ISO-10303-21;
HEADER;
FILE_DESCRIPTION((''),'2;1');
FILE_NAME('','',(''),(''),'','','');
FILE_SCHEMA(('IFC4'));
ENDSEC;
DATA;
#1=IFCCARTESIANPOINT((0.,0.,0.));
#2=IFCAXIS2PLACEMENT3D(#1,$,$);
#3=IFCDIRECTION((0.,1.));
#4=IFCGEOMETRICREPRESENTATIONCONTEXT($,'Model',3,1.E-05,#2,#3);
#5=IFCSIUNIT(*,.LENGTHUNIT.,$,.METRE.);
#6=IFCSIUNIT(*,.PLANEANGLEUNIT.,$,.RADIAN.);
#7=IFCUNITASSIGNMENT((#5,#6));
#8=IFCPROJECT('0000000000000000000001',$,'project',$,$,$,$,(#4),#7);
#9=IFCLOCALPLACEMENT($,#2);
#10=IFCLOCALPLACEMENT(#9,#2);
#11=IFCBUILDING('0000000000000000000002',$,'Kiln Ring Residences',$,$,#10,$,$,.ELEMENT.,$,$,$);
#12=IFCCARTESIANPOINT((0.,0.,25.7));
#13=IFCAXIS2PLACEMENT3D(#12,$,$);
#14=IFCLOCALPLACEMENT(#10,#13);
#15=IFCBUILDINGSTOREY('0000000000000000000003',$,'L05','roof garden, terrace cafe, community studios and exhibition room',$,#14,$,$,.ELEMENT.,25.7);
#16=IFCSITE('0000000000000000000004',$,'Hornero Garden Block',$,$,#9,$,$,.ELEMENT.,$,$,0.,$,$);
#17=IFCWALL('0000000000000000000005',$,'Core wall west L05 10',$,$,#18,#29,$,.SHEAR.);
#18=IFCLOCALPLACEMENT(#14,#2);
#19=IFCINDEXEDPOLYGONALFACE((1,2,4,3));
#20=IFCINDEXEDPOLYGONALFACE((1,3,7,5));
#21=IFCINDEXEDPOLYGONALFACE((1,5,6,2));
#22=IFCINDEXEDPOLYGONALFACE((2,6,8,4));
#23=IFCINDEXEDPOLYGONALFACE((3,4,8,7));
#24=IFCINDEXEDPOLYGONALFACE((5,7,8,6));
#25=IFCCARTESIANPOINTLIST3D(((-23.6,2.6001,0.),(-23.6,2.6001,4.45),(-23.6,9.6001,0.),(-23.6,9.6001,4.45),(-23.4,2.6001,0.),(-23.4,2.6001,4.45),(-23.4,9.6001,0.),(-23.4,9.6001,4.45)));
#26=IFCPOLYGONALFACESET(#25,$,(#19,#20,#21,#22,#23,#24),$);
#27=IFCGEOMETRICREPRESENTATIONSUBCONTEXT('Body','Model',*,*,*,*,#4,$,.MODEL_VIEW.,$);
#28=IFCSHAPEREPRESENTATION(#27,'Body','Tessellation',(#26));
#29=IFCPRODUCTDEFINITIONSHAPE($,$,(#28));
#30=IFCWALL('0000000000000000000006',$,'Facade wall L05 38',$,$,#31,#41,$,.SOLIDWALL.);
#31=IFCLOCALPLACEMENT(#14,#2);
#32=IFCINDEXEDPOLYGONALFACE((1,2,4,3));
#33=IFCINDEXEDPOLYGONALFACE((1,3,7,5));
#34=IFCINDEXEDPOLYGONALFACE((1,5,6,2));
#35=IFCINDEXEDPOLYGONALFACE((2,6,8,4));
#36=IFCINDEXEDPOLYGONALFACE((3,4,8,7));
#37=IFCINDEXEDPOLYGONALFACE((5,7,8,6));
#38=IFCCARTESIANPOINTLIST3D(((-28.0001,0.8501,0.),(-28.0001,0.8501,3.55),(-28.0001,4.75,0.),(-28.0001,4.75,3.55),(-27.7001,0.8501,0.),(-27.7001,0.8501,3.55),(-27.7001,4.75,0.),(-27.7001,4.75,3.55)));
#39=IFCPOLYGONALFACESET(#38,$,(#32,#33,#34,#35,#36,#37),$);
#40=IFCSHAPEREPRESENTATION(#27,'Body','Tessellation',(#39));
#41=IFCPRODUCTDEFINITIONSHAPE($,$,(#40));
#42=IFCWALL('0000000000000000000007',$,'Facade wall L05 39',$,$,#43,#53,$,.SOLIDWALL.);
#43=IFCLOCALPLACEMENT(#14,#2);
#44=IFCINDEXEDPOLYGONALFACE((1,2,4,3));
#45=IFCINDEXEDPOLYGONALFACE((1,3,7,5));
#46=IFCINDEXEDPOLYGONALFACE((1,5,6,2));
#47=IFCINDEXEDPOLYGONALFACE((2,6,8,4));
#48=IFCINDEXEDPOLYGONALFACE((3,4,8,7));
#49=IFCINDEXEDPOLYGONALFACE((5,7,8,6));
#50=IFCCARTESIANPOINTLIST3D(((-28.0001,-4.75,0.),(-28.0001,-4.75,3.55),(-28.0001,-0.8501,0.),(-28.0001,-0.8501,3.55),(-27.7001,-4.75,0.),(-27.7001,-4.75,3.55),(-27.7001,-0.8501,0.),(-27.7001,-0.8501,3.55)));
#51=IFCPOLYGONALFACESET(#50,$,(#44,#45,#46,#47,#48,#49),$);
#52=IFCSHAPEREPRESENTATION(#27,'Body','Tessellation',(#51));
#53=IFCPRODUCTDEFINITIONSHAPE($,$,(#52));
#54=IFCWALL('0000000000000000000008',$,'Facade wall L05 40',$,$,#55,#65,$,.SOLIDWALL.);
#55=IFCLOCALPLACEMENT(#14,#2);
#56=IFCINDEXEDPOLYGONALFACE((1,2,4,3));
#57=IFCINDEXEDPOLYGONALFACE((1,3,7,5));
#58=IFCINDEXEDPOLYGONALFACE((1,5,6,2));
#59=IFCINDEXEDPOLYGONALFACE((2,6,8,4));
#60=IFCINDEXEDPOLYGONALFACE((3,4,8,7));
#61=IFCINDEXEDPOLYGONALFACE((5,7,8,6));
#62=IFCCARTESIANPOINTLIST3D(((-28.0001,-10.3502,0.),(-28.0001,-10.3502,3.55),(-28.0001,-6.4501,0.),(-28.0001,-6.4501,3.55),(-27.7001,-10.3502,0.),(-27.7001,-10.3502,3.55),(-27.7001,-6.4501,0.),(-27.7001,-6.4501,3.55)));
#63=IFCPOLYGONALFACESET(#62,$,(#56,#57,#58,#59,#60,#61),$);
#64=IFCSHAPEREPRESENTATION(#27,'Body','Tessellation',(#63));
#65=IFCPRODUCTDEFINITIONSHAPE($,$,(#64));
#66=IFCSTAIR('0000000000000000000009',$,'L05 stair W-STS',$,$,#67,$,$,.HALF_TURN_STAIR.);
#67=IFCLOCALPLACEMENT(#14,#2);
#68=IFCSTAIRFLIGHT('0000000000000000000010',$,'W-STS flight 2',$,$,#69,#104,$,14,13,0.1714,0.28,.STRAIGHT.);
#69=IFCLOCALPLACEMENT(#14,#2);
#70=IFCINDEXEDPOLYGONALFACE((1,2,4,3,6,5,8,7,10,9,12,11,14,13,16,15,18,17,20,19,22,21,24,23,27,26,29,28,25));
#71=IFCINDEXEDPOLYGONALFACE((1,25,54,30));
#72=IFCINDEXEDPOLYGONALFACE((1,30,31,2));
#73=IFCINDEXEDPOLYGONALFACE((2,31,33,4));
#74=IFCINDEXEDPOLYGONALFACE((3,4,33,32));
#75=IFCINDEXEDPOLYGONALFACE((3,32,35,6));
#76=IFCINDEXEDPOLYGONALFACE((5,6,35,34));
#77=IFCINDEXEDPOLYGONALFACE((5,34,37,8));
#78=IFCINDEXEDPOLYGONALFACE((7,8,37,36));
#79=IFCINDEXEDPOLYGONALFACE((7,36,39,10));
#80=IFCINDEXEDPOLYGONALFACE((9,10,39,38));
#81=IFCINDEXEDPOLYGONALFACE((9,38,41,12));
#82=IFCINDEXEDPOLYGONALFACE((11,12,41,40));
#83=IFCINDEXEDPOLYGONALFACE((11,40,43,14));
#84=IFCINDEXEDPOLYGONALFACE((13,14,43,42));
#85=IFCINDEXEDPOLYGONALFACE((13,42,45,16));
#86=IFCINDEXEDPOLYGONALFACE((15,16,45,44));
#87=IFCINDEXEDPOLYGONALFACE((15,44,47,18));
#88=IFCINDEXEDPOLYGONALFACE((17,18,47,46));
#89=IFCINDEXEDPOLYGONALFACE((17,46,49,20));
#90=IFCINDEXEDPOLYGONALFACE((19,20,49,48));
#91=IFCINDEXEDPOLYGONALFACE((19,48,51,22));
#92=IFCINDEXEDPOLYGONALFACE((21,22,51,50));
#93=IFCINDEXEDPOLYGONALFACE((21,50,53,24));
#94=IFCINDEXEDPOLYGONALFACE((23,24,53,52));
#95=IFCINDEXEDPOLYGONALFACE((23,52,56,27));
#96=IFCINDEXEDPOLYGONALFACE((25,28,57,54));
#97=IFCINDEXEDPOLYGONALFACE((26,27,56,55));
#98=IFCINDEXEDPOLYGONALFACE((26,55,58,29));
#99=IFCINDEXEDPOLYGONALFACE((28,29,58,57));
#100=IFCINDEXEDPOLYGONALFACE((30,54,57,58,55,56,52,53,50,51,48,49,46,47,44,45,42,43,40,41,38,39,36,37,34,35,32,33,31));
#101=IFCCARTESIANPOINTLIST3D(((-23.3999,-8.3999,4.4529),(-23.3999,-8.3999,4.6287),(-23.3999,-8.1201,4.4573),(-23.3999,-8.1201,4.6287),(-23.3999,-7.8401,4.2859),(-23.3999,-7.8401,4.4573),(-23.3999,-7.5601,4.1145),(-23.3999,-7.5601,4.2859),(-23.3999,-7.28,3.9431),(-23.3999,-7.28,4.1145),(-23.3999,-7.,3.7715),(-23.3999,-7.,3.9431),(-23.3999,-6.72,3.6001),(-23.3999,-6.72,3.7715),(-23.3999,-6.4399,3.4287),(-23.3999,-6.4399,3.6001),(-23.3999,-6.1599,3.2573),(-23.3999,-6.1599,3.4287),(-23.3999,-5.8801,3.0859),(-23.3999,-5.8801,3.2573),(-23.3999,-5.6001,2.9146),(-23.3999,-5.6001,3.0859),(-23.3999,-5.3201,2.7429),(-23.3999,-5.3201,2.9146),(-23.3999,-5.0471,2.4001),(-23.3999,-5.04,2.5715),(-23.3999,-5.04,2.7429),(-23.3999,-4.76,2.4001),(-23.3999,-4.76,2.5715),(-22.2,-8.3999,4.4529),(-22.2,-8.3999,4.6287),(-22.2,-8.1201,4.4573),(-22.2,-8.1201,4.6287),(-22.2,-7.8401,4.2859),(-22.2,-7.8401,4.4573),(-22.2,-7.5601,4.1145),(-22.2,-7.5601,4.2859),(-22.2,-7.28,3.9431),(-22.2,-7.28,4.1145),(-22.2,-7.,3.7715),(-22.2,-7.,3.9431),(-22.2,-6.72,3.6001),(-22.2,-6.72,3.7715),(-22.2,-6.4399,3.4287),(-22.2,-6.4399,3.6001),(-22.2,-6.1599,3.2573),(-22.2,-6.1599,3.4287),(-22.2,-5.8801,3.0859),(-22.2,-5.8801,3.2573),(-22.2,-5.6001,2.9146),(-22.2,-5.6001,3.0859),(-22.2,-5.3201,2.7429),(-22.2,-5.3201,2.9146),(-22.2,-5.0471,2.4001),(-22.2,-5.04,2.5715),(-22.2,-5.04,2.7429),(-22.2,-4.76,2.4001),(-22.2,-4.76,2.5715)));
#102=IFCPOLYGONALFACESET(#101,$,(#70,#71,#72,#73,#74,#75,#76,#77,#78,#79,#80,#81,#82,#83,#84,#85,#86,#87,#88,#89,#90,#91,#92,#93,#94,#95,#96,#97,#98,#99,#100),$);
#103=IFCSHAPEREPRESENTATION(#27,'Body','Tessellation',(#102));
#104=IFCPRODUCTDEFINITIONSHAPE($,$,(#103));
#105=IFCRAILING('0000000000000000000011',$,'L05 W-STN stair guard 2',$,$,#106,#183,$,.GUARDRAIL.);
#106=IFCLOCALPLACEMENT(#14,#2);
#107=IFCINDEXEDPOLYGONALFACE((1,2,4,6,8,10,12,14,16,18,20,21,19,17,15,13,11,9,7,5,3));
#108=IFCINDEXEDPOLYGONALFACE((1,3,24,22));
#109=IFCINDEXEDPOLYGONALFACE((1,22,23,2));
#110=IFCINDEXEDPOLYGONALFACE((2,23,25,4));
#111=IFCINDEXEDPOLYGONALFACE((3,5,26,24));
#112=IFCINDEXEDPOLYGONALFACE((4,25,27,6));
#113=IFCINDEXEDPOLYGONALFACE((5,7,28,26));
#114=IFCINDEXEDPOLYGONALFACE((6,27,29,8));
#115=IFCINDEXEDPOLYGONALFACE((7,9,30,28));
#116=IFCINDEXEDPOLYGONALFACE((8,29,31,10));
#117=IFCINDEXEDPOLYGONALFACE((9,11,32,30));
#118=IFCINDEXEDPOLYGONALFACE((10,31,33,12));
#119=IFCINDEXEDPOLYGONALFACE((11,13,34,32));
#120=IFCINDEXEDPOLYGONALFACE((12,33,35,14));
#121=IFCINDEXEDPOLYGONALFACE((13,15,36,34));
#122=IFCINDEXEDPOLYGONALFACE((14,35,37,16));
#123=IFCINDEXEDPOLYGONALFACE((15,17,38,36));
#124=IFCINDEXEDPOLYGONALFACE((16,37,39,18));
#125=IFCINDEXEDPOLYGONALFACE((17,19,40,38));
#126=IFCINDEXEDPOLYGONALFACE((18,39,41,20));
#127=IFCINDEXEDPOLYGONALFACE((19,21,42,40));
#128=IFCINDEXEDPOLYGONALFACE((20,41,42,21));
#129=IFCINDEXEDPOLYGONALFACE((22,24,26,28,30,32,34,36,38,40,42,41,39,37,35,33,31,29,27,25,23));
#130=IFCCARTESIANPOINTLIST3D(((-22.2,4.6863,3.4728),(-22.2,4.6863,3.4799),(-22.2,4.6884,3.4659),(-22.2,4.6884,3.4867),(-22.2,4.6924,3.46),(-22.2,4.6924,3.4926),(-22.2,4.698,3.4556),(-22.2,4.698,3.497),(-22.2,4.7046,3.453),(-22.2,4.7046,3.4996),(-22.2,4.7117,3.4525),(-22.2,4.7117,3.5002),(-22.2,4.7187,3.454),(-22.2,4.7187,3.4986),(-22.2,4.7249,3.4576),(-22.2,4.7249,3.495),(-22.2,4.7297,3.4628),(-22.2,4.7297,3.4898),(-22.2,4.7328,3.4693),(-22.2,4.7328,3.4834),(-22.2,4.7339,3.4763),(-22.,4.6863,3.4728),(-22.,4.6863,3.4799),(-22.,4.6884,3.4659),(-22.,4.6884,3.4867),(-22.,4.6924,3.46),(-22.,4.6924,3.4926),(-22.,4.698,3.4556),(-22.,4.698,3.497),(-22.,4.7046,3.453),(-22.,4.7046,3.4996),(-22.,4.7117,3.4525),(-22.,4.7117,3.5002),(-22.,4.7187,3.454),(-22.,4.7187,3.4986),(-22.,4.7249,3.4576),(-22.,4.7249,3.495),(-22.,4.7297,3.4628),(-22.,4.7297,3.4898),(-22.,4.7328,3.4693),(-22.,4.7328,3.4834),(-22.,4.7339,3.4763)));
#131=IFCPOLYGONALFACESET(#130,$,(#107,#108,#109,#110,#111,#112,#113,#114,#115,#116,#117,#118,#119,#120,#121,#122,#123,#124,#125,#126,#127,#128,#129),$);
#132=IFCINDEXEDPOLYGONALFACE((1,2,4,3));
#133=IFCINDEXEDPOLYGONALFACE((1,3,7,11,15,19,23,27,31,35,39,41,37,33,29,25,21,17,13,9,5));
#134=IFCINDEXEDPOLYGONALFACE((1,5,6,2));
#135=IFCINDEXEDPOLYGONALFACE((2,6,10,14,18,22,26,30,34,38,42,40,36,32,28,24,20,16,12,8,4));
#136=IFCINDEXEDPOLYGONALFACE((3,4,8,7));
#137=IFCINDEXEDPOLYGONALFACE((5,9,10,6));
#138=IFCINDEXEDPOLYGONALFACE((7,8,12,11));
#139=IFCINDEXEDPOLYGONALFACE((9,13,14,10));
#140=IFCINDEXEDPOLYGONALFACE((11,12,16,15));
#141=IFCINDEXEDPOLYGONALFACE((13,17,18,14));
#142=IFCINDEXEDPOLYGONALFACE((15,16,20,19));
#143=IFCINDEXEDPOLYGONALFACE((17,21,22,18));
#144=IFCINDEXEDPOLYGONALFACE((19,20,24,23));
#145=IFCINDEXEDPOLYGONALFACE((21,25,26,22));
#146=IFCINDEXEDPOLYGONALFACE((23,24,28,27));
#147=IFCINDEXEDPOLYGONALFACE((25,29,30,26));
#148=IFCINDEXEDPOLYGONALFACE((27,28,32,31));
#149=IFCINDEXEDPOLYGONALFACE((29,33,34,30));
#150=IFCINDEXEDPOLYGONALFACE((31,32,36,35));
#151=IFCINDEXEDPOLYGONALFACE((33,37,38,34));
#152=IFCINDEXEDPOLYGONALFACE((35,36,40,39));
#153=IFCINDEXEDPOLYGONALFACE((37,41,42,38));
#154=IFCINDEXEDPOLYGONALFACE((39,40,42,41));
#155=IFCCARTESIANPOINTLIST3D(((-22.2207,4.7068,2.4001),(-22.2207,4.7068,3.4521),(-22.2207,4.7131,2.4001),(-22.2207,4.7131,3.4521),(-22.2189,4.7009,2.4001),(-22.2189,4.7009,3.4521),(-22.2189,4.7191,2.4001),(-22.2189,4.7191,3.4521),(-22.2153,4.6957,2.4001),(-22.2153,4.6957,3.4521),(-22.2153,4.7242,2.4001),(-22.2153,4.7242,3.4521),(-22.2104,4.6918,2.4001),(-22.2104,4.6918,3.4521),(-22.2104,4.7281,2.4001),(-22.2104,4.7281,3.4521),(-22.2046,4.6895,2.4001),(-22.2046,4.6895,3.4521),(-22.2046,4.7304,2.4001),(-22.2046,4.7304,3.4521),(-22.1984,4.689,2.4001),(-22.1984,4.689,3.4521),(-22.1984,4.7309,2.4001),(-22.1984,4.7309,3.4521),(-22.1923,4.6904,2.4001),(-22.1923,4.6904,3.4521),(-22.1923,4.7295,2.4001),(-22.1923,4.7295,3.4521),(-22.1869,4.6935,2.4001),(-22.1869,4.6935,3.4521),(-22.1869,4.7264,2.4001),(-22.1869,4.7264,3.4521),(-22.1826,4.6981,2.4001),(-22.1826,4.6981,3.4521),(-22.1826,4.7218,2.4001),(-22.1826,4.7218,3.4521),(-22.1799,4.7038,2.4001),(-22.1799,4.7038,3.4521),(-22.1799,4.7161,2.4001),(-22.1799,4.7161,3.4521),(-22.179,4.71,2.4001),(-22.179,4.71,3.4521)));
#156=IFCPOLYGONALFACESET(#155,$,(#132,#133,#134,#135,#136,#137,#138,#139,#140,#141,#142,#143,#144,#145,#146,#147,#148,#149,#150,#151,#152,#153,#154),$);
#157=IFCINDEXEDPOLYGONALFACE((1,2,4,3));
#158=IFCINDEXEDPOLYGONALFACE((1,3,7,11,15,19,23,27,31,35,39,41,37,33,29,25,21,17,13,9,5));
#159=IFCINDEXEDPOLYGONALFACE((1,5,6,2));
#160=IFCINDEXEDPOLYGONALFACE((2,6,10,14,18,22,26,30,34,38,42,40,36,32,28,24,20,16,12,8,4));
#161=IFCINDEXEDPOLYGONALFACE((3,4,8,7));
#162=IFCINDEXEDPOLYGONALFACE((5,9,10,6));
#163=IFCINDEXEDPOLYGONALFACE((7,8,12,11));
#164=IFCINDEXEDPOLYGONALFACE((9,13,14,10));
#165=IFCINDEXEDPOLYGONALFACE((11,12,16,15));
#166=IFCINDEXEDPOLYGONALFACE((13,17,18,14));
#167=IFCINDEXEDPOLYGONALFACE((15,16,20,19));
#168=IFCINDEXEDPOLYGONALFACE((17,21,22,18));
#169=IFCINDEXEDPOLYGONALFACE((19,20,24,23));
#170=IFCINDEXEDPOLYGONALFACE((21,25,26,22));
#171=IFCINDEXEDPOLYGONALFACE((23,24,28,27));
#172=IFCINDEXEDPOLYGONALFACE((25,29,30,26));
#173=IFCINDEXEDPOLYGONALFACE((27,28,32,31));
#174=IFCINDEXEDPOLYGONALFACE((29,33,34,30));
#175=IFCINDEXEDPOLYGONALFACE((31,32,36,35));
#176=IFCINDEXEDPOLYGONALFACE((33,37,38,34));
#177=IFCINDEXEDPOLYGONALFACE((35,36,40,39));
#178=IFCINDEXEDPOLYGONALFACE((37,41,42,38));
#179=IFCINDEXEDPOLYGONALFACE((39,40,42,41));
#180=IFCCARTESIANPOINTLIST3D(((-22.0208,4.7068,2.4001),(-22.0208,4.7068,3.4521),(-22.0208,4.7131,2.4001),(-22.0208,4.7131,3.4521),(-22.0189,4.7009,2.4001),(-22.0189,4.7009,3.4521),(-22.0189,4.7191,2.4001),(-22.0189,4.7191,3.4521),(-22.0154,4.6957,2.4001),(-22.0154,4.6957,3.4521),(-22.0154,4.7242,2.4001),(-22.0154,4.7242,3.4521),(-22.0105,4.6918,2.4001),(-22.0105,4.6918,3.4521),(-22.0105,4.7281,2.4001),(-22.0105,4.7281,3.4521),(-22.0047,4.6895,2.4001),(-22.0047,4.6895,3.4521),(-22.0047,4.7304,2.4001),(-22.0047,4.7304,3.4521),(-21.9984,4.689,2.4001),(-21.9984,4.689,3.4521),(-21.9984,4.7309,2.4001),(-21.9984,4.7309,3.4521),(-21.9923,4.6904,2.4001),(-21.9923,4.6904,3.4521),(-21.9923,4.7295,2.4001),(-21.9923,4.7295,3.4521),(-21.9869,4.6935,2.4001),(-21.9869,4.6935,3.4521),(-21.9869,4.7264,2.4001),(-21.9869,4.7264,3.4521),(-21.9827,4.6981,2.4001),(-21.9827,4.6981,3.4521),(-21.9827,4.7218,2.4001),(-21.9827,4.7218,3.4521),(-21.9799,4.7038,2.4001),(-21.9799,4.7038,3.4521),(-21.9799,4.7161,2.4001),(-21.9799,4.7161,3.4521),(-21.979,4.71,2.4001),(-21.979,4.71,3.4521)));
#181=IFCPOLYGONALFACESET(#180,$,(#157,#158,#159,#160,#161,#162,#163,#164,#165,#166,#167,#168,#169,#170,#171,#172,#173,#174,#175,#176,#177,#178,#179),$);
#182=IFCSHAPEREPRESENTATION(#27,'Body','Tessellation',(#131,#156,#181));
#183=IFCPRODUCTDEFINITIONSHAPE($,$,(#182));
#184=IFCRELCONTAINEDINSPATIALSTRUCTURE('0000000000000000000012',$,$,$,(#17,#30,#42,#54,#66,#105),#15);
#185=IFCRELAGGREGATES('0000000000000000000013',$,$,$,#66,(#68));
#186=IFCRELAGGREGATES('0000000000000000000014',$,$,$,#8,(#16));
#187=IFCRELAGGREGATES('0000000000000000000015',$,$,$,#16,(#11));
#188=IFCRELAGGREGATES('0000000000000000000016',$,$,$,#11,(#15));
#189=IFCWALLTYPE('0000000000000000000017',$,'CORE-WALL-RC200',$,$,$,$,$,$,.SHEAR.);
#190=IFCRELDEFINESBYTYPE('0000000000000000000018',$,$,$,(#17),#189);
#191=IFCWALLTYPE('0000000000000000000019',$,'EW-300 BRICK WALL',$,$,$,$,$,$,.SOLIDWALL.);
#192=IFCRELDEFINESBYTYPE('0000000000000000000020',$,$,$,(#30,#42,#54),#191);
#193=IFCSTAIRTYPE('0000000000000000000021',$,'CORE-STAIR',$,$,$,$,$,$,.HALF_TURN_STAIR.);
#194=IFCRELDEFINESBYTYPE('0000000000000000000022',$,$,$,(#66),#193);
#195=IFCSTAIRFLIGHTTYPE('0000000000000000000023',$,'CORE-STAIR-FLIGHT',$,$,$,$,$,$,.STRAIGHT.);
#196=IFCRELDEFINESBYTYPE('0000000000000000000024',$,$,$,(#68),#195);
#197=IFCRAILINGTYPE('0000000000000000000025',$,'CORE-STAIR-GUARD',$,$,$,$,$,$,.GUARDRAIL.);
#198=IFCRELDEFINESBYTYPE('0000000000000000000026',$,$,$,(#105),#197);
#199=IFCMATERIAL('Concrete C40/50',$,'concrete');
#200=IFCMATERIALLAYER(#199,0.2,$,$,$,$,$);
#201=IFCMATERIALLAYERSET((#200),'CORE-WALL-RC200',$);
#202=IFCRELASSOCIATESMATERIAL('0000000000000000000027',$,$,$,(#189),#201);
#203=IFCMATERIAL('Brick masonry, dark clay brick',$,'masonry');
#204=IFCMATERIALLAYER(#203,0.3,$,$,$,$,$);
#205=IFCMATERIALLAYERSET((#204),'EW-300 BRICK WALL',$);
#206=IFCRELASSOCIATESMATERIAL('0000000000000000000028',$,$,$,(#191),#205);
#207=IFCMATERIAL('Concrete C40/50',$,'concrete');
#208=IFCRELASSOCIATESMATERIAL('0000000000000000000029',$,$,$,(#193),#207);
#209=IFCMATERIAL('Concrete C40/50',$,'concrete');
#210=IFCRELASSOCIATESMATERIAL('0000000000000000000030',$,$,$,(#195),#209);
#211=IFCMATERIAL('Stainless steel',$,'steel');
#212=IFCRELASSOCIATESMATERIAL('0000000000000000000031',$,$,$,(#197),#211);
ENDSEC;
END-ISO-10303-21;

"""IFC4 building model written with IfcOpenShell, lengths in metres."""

from ifc_helpers import new_model, si_unit, direction, frame, frame_2d, origin, origin_2d, place, context, subcontext, project, spatial, polyline, rectangle, circle, outline, extrude, material, layer, layer_set, type_object, element, aggregate, save


model = new_model("IFC4")

# Units and contexts
model_context = context("Model", 3, precision=1e-05, world=origin(), true_north=direction((0.0, 1.0)))
body_context = subcontext(model_context, "Body", "Model", "MODEL_VIEW")
ifc_project = project(units=[si_unit("LENGTHUNIT", "METRE"), si_unit("PLANEANGLEUNIT", "RADIAN")], contexts=[model_context])

# Site, building, storey
site_placement = place(None, origin())
site = spatial("IfcSite", under=ifc_project, at=site_placement, Name="Hornero Garden Block", CompositionType="ELEMENT", RefElevation=0.0)
building_placement = place(site_placement, origin())
building = spatial("IfcBuilding", under=site, at=building_placement, Name="Kiln Ring Residences", CompositionType="ELEMENT")
storey_placement = place(building_placement, frame((0.0, 0.0, 25.7)))
storey = spatial("IfcBuildingStorey", under=building, at=storey_placement, Name="L05", Description="roof garden, terrace cafe, community studios and exhibition room", CompositionType="ELEMENT", Elevation=25.7)

# Walls
ifc_material_1 = material(Name="Concrete C40/50", Category="concrete")
ifc_layer_1 = layer(ifc_material_1, 0.2)
ifc_layer_set_1 = layer_set([ifc_layer_1], Name="CORE-WALL-RC200")
wall_type_1 = type_object("IfcWallType", Name="CORE-WALL-RC200", PredefinedType="SHEAR", material=ifc_layer_set_1)
wall_1_placement = place(storey_placement, frame((-23.5, 2.6001, 0.0), z_axis=(0.0, 0.0, 1.0), x_axis=(0.0, 1.0, 0.0)))
element("IfcWall", 1, at=wall_1_placement, inside=storey, type_object=wall_type_1, Name="Core wall west L05 10", PredefinedType="SHEAR", context=body_context, shape_type="SweptSolid", body=[
    extrude(rectangle(XDim=7.0, YDim=0.2, at=frame_2d((3.5, 0.0))), origin(), (0.0, 0.0, 1.0), 4.45),
])
ifc_material_2 = material(Name="Brick masonry, dark clay brick", Category="masonry")
ifc_layer_2 = layer(ifc_material_2, 0.3)
ifc_layer_set_2 = layer_set([ifc_layer_2], Name="EW-300 BRICK WALL")
wall_type_2 = type_object("IfcWallType", Name="EW-300 BRICK WALL", PredefinedType="SOLIDWALL", material=ifc_layer_set_2)
for number, where, z_axis, x_axis, name in (
    (2, (-27.8501, 4.75, 0.0), (0.0, 0.0, 1.0), (0.0, -1.0, 0.0), "Facade wall L05 38"),
    (3, (-27.8501, -0.8501, 0.0), (0.0, 0.0, 1.0), (0.0, -1.0, 0.0), "Facade wall L05 39"),
):
    element("IfcWall", number, at=place(storey_placement, frame(where, z_axis=z_axis, x_axis=x_axis)), inside=storey, type_object=wall_type_2, Name=name, PredefinedType="SOLIDWALL", context=body_context, shape_type="SweptSolid", body=[
        extrude(rectangle(XDim=3.8999, YDim=0.3, at=frame_2d((1.95, 0.0))), origin(), (0.0, 0.0, 1.0), 3.55),
    ])
wall_2_placement = place(storey_placement, frame((-27.8501, -6.45, 0.0), z_axis=(0.0, 0.0, 1.0), x_axis=(0.0, -1.0, 0.0)))
element("IfcWall", 4, at=wall_2_placement, inside=storey, type_object=wall_type_2, Name="Facade wall L05 40", PredefinedType="SOLIDWALL", context=body_context, shape_type="SweptSolid", body=[
    extrude(rectangle(XDim=3.9001, YDim=0.3, at=frame_2d((1.9502, 0.0))), origin(), (0.0, 0.0, 1.0), 3.55),
])

# Stair, stair flight
ifc_material_3 = material(Name="Concrete C40/50", Category="concrete")
stair_type = type_object("IfcStairType", Name="CORE-STAIR", PredefinedType="HALF_TURN_STAIR", material=ifc_material_3)
stair_placement = place(storey_placement, origin())
stair = element("IfcStair", 5, at=stair_placement, inside=storey, type_object=stair_type, Name="L05 stair W-STS", PredefinedType="HALF_TURN_STAIR")
ifc_material_4 = material(Name="Concrete C40/50", Category="concrete")
stair_flight_type = type_object("IfcStairFlightType", Name="CORE-STAIR-FLIGHT", PredefinedType="STRAIGHT", material=ifc_material_4)
stair_flight_placement = place(storey_placement, frame((-22.8, -4.76, 2.4001), z_axis=(0.0, 0.0, 1.0), x_axis=(0.0, -1.0, 0.0)))
stair_flight = element("IfcStairFlight", 6, at=stair_flight_placement, type_object=stair_flight_type, Name="W-STS flight 2", NumberOfRisers=14, NumberOfTreads=13, PredefinedType="STRAIGHT", RiserHeight=0.1714, TreadLength=0.28, context=body_context, shape_type="SweptSolid", body=[
    extrude(outline(polyline([(0.0, 0.0), (0.0, 0.1714), (0.28, 0.1714), (0.28, 0.3428), (0.5601, 0.3428), (0.5601, 0.5144), (0.8401, 0.5144), (0.8401, 0.6858), (1.1201, 0.6858), (1.1201, 0.8572), (1.3999, 0.8572), (1.3999, 1.0286), (1.6799, 1.0286), (1.6799, 1.2), (1.96, 1.2), (1.96, 1.3713), (2.24, 1.3713), (2.24, 1.543), (2.52, 1.543), (2.52, 1.7144), (2.8, 1.7144), (2.8, 1.8857), (3.0801, 1.8857), (3.0801, 2.0571), (3.3601, 2.0571), (3.3601, 2.2285), (3.6399, 2.2285), (3.6399, 2.3999), (3.6399, 2.0527), (0.2871, 0.0), (0.0, 0.0)])), frame((0.0, 0.6001, 0.0), z_axis=(0.0, -1.0, 0.0), x_axis=(1.0, 0.0, 0.0)), (0.0, 0.0, 1.0), 1.2),
])
aggregate(stair, [stair_flight])

# Railing
ifc_material_5 = material(Name="Stainless steel", Category="steel")
railing_type_1 = type_object("IfcRailingType", Name="CORE-STAIR-GUARD", PredefinedType="GUARDRAIL", material=ifc_material_5)
railing_1_placement = place(storey_placement, frame((-22.2, 4.71, 2.4001)))
element("IfcRailing", 7, at=railing_1_placement, inside=storey, type_object=railing_type_1, Name="L05 W-STN stair guard 2", PredefinedType="GUARDRAIL", context=body_context, shape_type="SweptSolid", body=[
    extrude(circle(Radius=0.0239, at=origin_2d()), frame((0.0, 0.0, 1.0762), z_axis=(1.0, 0.0, 0.0), x_axis=(0.0, 1.0, 0.0)), (0.0, 0.0, 1.0), 0.2),
    extrude(circle(Radius=0.021, at=origin_2d()), origin(), (0.0, 0.0, 1.0), 1.052),
    extrude(circle(Radius=0.021, at=origin_2d()), frame((0.2, 0.0, 0.0)), (0.0, 0.0, 1.0), 1.052),
])

save(model, "model.ifc")
